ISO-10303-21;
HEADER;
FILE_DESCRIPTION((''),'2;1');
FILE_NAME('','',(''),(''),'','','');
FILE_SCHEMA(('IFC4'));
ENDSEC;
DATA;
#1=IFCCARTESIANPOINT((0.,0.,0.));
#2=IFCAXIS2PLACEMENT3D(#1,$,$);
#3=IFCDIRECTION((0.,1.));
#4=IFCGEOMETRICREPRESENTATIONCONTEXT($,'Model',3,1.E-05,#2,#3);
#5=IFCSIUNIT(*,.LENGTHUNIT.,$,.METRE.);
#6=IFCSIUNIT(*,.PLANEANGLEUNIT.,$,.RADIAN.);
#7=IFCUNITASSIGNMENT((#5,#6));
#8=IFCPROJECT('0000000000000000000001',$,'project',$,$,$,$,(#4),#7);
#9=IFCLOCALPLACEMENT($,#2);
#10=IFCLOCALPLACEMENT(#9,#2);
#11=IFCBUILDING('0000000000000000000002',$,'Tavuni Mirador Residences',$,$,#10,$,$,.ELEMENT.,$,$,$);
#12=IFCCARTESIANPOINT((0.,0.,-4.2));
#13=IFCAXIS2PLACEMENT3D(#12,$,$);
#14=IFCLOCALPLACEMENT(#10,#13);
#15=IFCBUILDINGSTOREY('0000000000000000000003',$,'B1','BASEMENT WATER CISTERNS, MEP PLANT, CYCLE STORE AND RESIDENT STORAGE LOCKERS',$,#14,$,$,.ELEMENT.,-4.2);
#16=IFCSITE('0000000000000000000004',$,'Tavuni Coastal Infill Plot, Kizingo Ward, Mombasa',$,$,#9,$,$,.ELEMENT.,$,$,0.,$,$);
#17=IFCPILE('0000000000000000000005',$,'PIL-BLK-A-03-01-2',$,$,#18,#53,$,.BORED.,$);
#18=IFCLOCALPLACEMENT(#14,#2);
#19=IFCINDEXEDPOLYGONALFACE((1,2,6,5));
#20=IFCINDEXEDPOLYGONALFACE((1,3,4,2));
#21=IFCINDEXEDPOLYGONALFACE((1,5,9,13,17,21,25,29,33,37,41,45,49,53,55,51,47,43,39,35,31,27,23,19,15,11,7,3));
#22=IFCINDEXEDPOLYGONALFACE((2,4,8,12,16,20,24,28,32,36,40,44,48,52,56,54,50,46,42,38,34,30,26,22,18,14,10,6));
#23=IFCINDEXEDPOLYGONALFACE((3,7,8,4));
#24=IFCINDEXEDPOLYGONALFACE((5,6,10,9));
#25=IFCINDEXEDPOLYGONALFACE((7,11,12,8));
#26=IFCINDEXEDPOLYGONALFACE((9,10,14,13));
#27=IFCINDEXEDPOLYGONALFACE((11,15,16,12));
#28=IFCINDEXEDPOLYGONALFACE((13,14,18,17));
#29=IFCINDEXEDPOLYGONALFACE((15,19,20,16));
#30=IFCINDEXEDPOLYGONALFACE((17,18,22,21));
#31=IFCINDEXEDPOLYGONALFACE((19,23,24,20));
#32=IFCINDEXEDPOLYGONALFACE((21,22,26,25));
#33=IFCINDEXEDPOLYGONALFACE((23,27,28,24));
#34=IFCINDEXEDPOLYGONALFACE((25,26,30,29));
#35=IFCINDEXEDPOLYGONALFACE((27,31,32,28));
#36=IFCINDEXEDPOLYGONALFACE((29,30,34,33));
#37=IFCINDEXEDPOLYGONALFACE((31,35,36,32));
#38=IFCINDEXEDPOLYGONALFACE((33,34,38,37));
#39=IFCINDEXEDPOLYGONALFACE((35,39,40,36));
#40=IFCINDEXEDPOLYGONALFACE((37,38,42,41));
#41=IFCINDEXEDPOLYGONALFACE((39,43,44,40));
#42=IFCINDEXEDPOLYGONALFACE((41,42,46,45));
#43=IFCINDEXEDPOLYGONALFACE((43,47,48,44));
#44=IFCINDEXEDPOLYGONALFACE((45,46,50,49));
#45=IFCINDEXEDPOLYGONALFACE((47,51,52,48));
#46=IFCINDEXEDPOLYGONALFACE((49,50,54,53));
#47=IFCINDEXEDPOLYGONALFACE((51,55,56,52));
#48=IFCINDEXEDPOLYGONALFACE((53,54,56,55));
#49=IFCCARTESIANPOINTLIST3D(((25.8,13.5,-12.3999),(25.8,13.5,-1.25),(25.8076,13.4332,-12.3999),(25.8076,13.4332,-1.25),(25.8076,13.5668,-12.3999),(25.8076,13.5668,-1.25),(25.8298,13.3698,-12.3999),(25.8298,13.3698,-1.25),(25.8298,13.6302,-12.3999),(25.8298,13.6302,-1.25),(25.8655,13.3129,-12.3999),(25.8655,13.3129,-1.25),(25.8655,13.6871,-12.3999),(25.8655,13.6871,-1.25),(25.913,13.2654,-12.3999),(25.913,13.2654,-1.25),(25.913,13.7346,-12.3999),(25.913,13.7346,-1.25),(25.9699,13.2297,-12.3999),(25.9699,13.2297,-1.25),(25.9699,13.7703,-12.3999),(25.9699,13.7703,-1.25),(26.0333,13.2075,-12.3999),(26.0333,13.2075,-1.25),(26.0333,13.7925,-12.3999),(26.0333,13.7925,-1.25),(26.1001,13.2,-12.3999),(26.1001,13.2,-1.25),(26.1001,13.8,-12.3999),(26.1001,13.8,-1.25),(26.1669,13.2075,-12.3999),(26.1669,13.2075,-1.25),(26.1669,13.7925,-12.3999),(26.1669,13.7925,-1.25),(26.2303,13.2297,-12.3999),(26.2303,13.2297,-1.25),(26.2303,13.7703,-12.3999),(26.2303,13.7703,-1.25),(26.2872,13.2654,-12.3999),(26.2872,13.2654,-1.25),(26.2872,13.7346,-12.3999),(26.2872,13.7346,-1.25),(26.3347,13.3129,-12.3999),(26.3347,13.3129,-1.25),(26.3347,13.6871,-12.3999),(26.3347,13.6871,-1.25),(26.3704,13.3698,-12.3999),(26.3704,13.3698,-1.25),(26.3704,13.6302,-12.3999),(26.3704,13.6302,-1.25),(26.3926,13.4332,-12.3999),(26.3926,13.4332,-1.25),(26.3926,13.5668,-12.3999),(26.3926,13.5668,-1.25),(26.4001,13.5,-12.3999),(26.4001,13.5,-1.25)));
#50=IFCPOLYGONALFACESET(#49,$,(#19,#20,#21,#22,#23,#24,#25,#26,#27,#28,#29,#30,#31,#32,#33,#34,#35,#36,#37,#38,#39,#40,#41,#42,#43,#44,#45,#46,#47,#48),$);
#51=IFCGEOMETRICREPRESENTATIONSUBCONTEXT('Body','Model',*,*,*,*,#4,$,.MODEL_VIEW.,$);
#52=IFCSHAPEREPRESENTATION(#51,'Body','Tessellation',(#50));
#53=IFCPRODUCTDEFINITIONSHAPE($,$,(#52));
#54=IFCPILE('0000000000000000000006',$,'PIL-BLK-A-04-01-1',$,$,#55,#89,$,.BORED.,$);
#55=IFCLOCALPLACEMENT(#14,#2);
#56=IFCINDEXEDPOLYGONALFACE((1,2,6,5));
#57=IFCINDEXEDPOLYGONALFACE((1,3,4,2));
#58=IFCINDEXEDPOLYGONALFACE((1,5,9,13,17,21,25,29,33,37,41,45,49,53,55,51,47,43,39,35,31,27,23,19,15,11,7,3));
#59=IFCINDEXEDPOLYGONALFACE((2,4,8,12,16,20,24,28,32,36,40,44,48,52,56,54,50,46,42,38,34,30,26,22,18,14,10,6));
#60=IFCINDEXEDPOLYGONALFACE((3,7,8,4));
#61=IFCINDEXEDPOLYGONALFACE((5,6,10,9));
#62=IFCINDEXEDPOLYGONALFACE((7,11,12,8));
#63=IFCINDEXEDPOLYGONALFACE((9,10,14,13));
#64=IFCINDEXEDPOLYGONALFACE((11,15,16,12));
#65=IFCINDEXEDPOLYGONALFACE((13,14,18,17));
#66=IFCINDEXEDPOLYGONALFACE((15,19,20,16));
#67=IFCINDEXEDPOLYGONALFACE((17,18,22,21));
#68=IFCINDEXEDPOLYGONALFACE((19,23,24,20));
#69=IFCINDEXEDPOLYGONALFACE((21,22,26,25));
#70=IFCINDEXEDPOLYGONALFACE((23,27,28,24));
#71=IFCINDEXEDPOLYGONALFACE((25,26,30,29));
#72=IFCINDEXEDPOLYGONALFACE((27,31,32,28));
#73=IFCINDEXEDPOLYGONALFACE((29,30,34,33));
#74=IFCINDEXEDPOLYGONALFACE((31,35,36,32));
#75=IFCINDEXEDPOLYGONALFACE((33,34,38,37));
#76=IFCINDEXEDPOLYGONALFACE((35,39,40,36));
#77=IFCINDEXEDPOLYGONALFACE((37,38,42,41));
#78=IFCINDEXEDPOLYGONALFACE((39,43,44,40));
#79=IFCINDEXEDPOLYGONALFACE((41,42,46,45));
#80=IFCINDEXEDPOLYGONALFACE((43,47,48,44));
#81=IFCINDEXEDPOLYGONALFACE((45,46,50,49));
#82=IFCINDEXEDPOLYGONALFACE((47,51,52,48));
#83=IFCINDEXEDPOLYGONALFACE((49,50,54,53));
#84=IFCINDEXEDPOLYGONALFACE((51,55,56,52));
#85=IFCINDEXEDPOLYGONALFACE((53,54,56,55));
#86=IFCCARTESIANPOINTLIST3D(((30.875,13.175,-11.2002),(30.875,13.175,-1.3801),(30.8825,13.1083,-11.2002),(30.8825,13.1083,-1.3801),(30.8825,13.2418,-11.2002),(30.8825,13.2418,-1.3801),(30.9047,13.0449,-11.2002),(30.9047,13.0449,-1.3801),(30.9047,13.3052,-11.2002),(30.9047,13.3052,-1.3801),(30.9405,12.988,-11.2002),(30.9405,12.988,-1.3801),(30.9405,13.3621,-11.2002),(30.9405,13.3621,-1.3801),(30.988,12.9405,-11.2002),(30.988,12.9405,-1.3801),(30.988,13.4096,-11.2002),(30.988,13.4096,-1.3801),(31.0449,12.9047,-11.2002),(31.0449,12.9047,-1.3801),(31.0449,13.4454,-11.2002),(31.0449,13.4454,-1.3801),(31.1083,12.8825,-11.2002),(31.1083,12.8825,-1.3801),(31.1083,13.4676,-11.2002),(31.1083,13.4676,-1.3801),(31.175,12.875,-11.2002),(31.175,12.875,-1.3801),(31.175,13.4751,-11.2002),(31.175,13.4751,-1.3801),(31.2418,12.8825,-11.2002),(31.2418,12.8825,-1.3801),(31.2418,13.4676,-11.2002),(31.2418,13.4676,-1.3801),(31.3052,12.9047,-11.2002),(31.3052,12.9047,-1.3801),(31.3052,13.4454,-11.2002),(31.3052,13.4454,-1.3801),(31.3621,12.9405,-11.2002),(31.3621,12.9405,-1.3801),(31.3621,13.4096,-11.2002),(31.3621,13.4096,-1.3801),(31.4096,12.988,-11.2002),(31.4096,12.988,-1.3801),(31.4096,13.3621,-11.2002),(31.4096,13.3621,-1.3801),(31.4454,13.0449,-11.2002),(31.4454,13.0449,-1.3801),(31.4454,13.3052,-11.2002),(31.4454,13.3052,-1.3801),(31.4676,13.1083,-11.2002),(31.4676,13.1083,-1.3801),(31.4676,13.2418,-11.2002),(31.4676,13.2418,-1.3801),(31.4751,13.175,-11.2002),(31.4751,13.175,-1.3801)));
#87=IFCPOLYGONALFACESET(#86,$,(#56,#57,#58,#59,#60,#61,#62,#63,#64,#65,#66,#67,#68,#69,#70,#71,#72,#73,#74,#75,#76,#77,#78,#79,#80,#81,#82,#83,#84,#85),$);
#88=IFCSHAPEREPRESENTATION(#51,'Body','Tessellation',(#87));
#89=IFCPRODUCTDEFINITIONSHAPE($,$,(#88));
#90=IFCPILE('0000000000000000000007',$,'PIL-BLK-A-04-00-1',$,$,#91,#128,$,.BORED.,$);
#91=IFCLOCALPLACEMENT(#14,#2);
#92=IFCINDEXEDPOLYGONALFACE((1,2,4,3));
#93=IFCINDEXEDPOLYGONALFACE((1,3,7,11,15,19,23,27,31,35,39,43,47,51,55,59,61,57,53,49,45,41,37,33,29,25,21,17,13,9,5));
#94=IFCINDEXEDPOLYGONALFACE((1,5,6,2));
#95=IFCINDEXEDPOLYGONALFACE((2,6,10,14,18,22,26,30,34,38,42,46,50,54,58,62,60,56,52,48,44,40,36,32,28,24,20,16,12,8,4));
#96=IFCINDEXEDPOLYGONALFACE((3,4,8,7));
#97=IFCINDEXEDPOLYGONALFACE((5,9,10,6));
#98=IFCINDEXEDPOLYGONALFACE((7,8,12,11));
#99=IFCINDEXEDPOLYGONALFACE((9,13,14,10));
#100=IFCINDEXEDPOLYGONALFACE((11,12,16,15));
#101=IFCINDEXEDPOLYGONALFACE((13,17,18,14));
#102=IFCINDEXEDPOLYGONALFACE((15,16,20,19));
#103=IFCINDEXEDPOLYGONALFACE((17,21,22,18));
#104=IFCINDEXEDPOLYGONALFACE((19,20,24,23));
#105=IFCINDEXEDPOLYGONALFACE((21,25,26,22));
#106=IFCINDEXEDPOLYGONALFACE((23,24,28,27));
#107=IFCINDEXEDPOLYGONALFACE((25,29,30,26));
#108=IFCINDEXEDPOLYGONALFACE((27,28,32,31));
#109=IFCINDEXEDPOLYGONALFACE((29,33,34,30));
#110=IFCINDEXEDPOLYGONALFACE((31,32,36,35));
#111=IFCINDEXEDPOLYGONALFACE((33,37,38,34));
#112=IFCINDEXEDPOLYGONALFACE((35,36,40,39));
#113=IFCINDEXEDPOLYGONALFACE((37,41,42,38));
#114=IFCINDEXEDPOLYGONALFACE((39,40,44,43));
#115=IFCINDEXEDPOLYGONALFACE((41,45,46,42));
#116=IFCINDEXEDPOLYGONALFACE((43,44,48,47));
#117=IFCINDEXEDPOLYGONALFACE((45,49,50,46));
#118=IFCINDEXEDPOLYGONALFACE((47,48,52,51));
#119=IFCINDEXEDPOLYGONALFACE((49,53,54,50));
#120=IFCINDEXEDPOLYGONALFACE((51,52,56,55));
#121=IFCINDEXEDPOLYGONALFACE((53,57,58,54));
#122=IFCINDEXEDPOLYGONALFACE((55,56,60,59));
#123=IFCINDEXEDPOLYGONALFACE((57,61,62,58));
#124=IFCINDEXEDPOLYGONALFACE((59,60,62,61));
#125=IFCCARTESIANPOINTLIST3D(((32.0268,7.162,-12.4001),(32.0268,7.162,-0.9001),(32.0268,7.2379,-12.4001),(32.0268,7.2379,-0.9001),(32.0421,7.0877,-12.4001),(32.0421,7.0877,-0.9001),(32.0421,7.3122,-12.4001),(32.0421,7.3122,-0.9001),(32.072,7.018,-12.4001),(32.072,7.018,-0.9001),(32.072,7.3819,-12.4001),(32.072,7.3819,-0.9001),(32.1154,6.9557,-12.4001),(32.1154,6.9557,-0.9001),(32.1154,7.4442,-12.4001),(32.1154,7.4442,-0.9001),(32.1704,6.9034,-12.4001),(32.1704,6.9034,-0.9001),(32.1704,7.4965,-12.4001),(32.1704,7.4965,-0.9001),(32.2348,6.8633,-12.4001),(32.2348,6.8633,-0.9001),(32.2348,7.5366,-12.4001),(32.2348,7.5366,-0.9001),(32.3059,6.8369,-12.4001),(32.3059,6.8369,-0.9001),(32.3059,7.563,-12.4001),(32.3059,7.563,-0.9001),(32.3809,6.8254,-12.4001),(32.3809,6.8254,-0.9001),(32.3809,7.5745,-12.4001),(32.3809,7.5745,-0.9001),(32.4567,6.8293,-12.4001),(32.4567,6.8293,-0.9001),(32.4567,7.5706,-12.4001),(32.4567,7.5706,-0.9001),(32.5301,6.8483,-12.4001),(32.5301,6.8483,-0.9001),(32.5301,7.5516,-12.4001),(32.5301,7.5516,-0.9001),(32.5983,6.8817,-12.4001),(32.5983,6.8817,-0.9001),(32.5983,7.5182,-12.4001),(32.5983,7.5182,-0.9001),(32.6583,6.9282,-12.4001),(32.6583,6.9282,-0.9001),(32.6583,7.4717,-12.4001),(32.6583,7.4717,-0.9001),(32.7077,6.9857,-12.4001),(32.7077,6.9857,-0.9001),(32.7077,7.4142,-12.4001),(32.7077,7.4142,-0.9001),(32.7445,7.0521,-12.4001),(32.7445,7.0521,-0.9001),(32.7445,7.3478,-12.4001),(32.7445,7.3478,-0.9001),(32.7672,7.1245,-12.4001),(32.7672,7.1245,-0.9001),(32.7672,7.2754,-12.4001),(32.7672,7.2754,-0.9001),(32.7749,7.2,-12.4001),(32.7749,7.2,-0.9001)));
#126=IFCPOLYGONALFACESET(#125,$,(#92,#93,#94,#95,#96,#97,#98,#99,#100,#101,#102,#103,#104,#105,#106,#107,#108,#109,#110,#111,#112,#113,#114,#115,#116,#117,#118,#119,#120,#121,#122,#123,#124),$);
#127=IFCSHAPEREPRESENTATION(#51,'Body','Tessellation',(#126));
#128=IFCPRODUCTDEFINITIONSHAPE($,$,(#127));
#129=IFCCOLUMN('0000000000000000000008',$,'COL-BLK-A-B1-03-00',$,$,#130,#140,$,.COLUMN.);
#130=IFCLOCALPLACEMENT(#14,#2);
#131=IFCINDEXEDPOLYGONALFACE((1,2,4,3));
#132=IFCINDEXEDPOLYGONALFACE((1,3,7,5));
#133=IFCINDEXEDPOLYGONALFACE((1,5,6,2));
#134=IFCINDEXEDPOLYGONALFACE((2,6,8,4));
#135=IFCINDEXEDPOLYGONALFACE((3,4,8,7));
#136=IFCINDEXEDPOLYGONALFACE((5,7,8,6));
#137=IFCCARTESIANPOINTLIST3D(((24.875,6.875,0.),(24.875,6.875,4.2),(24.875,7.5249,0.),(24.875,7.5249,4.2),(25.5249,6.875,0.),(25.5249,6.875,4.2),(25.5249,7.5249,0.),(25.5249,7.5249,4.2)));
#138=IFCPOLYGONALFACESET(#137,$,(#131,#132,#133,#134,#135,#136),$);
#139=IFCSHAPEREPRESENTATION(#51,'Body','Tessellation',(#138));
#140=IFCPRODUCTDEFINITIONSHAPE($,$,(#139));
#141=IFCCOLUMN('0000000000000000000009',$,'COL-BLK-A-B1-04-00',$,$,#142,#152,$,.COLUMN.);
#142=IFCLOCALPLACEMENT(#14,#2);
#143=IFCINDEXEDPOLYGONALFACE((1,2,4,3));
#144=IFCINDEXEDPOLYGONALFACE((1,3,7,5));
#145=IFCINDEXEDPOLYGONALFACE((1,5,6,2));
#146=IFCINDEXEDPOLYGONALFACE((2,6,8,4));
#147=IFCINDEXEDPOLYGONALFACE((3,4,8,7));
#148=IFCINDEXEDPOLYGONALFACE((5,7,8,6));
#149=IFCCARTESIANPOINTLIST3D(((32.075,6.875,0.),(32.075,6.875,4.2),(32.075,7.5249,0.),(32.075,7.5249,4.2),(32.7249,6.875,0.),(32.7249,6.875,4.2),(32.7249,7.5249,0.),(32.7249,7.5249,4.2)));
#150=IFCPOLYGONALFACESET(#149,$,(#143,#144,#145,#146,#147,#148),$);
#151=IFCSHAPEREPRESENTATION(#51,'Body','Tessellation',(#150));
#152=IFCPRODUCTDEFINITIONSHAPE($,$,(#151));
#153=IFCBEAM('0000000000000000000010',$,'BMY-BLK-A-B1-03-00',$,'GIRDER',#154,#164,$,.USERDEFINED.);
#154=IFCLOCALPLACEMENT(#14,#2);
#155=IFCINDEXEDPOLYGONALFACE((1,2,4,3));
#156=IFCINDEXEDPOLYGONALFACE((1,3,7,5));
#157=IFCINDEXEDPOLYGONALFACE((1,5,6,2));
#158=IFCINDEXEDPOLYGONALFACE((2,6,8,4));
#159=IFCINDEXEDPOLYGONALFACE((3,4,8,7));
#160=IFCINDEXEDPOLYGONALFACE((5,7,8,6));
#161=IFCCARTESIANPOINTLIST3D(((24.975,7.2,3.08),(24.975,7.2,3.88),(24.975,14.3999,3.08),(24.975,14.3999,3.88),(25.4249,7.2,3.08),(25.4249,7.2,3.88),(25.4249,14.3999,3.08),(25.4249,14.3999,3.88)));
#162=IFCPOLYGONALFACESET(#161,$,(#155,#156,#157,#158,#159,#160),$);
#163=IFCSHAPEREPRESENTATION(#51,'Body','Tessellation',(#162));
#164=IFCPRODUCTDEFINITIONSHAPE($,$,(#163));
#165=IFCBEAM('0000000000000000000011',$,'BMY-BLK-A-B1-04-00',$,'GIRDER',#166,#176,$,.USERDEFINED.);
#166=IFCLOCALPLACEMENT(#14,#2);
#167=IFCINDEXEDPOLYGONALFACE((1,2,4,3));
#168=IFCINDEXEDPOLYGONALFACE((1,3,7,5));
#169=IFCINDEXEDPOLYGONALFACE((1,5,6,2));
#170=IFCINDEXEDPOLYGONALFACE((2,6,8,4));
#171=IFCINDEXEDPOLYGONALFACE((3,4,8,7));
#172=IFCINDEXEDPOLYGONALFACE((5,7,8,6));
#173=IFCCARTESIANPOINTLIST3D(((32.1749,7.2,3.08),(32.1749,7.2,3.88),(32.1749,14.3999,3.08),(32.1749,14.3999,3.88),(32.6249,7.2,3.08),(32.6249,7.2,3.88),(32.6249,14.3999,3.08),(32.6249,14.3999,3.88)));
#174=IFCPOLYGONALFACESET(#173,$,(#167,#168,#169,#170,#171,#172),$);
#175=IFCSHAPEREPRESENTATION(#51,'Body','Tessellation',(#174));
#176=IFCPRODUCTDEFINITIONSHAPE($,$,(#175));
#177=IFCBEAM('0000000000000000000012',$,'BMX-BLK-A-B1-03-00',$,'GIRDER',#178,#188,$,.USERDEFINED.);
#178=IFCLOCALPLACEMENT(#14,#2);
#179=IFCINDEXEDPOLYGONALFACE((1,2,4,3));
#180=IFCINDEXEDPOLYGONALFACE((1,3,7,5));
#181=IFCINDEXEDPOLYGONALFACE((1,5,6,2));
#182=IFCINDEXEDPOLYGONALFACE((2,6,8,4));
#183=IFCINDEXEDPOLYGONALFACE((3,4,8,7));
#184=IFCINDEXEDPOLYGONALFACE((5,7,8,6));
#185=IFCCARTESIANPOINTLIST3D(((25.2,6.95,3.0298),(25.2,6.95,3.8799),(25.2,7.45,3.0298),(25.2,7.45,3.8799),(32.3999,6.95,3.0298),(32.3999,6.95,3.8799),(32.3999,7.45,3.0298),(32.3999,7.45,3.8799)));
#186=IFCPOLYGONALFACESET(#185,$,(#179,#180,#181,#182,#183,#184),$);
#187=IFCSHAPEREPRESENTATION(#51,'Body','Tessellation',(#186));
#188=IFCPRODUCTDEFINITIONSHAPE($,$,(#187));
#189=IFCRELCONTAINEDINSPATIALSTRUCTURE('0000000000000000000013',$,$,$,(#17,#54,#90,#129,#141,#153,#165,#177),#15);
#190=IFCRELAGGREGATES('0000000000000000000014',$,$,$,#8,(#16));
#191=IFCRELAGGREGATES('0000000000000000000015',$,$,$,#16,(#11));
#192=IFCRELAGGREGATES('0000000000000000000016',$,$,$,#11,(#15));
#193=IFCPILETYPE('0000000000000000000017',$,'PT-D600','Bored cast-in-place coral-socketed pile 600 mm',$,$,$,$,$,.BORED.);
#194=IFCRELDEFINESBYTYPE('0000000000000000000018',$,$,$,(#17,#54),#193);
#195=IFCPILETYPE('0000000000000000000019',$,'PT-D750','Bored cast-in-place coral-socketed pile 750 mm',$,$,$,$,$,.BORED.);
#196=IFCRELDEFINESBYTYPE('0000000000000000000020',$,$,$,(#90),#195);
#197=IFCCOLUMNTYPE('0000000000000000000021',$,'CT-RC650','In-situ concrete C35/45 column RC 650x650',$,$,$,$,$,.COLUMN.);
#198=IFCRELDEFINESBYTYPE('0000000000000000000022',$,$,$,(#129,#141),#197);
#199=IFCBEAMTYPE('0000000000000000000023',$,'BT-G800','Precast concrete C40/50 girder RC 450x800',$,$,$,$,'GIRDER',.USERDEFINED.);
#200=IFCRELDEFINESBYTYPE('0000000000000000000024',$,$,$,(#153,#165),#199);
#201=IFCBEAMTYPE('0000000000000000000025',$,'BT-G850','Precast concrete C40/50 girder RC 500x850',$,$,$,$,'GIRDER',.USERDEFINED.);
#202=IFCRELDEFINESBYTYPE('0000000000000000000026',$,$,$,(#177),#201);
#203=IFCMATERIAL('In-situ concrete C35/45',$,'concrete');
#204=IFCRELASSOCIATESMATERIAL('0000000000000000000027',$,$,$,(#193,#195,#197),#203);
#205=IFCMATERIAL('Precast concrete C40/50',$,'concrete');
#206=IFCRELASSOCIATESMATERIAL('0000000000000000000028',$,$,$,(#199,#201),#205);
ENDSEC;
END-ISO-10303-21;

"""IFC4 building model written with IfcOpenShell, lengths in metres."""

from ifc_helpers import new_model, si_unit, direction, frame, origin, origin_2d, place, context, subcontext, project, spatial, rectangle, circle, extrude, material, material_profile, profile_set, type_object, element, save


model = new_model("IFC4")

# Units and contexts
model_context = context("Model", 3, precision=1e-05, world=origin(), true_north=direction((0.0, 1.0)))
body_context = subcontext(model_context, "Body", "Model", "MODEL_VIEW")
ifc_project = project(units=[si_unit("LENGTHUNIT", "METRE"), si_unit("PLANEANGLEUNIT", "RADIAN")], contexts=[model_context])

# Site, building, storey
site_placement = place(None, origin())
site = spatial("IfcSite", under=ifc_project, at=site_placement, Name="Tavuni Coastal Infill Plot, Kizingo Ward, Mombasa", CompositionType="ELEMENT", RefElevation=0.0)
building_placement = place(site_placement, origin())
building = spatial("IfcBuilding", under=site, at=building_placement, Name="Tavuni Mirador Residences", CompositionType="ELEMENT")
storey_placement = place(building_placement, frame((0.0, 0.0, -4.2)))
storey = spatial("IfcBuildingStorey", under=building, at=storey_placement, Name="B1", Description="BASEMENT WATER CISTERNS, MEP PLANT, CYCLE STORE AND RESIDENT STORAGE LOCKERS", CompositionType="ELEMENT", Elevation=-4.2)

# Shared definitions
ifc_material_1 = material(Name="In-situ concrete C35/45", Category="concrete")

# Piles
ifc_material_profile_1 = material_profile(ifc_material_1, circle(Radius=0.3, at=origin_2d()), Name="PILE D600", Category="concrete")
ifc_profile_set_1 = profile_set([ifc_material_profile_1], Name="In-situ concrete C35/45")
pile_type_1 = type_object("IfcPileType", Name="PT-D600", Description="Bored cast-in-place coral-socketed pile 600 mm", PredefinedType="BORED", material=ifc_profile_set_1)
for number, where, z_axis, x_axis, name in (
    (1, (26.1001, 13.5, -1.25), (0.0, 0.0, -1.0), (1.0, 0.0, 0.0), "PIL-BLK-A-03-01-2"),
):
    element("IfcPile", number, at=place(storey_placement, frame(where, z_axis=z_axis, x_axis=x_axis)), inside=storey, type_object=pile_type_1, Name=name, PredefinedType="BORED", context=body_context, shape_type="SweptSolid", body=[
        extrude(circle(Radius=0.3, at=origin_2d()), origin(), (0.0, 0.0, 1.0), 11.1499),
    ])
pile_1_placement = place(storey_placement, frame((31.175, 13.175, -1.3801), z_axis=(0.0, 0.0, -1.0), x_axis=(1.0, 0.0, 0.0)))
element("IfcPile", 2, at=pile_1_placement, inside=storey, type_object=pile_type_1, Name="PIL-BLK-A-04-01-1", PredefinedType="BORED", context=body_context, shape_type="SweptSolid", body=[
    extrude(circle(Radius=0.3, at=origin_2d()), origin(), (0.0, 0.0, 1.0), 9.8201),
])
ifc_material_profile_2 = material_profile(ifc_material_1, circle(Radius=0.375, at=origin_2d()), Name="PILE D750", Category="concrete")
ifc_profile_set_2 = profile_set([ifc_material_profile_2], Name="In-situ concrete C35/45")
pile_type_2 = type_object("IfcPileType", Name="PT-D750", Description="Bored cast-in-place coral-socketed pile 750 mm", PredefinedType="BORED", material=ifc_profile_set_2)
pile_2_placement = place(storey_placement, frame((32.3999, 7.2, -0.9001), z_axis=(0.0, 0.0, -1.0), x_axis=(1.0, 0.0, 0.0)))
element("IfcPile", 3, at=pile_2_placement, inside=storey, type_object=pile_type_2, Name="PIL-BLK-A-04-00-1", PredefinedType="BORED", context=body_context, shape_type="SweptSolid", body=[
    extrude(circle(Radius=0.375, at=origin_2d()), origin(), (0.0, 0.0, 1.0), 11.5),
])

# Columns
ifc_material_profile_3 = material_profile(ifc_material_1, rectangle(XDim=0.6499, YDim=0.6499, at=origin_2d()), Name="RC 650x650", Category="concrete")
ifc_profile_set_3 = profile_set([ifc_material_profile_3], Name="In-situ concrete C35/45")
column_type = type_object("IfcColumnType", Name="CT-RC650", Description="In-situ concrete C35/45 column RC 650x650", PredefinedType="COLUMN", material=ifc_profile_set_3)
for number, where, z_axis, x_axis, name in (
    (4, (25.2, 7.2, 0.0), (0.0, 0.0, 1.0), (1.0, 0.0, 0.0), "COL-BLK-A-B1-03-00"),
    (5, (32.3999, 7.2, 0.0), (0.0, 0.0, 1.0), (1.0, 0.0, 0.0), "COL-BLK-A-B1-04-00"),
):
    element("IfcColumn", number, at=place(storey_placement, frame(where, z_axis=z_axis, x_axis=x_axis)), inside=storey, type_object=column_type, Name=name, PredefinedType="COLUMN", context=body_context, shape_type="SweptSolid", body=[
        extrude(rectangle(XDim=0.6499, YDim=0.6499, at=origin_2d()), origin(), (0.0, 0.0, 1.0), 4.2),
    ])

# Beams
ifc_material_2 = material(Name="Precast concrete C40/50", Category="concrete")
ifc_material_profile_4 = material_profile(ifc_material_2, rectangle(XDim=0.45, YDim=0.8, at=origin_2d()), Name="RC 450x800", Category="concrete")
ifc_profile_set_4 = profile_set([ifc_material_profile_4], Name="Precast concrete C40/50")
beam_type_1 = type_object("IfcBeamType", Name="BT-G800", Description="Precast concrete C40/50 girder RC 450x800", ElementType="GIRDER", PredefinedType="USERDEFINED", material=ifc_profile_set_4)
for number, where, z_axis, x_axis, name in (
    (6, (25.2, 7.2, 3.48), (0.0, 1.0, 0.0), (-1.0, 0.0, 0.0), "BMY-BLK-A-B1-03-00"),
    (7, (32.3999, 7.2, 3.48), (0.0, 1.0, 0.0), (-1.0, 0.0, 0.0), "BMY-BLK-A-B1-04-00"),
):
    element("IfcBeam", number, at=place(storey_placement, frame(where, z_axis=z_axis, x_axis=x_axis)), inside=storey, type_object=beam_type_1, Name=name, ObjectType="GIRDER", PredefinedType="USERDEFINED", context=body_context, shape_type="SweptSolid", body=[
        extrude(rectangle(XDim=0.45, YDim=0.8, at=origin_2d()), origin(), (0.0, 0.0, 1.0), 7.2),
    ])
ifc_material_profile_5 = material_profile(ifc_material_2, rectangle(XDim=0.5, YDim=0.8501, at=origin_2d()), Name="RC 500x850", Category="concrete")
ifc_profile_set_5 = profile_set([ifc_material_profile_5], Name="Precast concrete C40/50")
beam_type_2 = type_object("IfcBeamType", Name="BT-G850", Description="Precast concrete C40/50 girder RC 500x850", ElementType="GIRDER", PredefinedType="USERDEFINED", material=ifc_profile_set_5)
beam_placement = place(storey_placement, frame((25.2, 7.2, 3.4548), z_axis=(1.0, 0.0, 0.0), x_axis=(0.0, 1.0, 0.0)))
element("IfcBeam", 8, at=beam_placement, inside=storey, type_object=beam_type_2, Name="BMX-BLK-A-B1-03-00", ObjectType="GIRDER", PredefinedType="USERDEFINED", context=body_context, shape_type="SweptSolid", body=[
    extrude(rectangle(XDim=0.5, YDim=0.8501, at=origin_2d()), origin(), (0.0, 0.0, 1.0), 7.2),
])

save(model, "model.ifc")
